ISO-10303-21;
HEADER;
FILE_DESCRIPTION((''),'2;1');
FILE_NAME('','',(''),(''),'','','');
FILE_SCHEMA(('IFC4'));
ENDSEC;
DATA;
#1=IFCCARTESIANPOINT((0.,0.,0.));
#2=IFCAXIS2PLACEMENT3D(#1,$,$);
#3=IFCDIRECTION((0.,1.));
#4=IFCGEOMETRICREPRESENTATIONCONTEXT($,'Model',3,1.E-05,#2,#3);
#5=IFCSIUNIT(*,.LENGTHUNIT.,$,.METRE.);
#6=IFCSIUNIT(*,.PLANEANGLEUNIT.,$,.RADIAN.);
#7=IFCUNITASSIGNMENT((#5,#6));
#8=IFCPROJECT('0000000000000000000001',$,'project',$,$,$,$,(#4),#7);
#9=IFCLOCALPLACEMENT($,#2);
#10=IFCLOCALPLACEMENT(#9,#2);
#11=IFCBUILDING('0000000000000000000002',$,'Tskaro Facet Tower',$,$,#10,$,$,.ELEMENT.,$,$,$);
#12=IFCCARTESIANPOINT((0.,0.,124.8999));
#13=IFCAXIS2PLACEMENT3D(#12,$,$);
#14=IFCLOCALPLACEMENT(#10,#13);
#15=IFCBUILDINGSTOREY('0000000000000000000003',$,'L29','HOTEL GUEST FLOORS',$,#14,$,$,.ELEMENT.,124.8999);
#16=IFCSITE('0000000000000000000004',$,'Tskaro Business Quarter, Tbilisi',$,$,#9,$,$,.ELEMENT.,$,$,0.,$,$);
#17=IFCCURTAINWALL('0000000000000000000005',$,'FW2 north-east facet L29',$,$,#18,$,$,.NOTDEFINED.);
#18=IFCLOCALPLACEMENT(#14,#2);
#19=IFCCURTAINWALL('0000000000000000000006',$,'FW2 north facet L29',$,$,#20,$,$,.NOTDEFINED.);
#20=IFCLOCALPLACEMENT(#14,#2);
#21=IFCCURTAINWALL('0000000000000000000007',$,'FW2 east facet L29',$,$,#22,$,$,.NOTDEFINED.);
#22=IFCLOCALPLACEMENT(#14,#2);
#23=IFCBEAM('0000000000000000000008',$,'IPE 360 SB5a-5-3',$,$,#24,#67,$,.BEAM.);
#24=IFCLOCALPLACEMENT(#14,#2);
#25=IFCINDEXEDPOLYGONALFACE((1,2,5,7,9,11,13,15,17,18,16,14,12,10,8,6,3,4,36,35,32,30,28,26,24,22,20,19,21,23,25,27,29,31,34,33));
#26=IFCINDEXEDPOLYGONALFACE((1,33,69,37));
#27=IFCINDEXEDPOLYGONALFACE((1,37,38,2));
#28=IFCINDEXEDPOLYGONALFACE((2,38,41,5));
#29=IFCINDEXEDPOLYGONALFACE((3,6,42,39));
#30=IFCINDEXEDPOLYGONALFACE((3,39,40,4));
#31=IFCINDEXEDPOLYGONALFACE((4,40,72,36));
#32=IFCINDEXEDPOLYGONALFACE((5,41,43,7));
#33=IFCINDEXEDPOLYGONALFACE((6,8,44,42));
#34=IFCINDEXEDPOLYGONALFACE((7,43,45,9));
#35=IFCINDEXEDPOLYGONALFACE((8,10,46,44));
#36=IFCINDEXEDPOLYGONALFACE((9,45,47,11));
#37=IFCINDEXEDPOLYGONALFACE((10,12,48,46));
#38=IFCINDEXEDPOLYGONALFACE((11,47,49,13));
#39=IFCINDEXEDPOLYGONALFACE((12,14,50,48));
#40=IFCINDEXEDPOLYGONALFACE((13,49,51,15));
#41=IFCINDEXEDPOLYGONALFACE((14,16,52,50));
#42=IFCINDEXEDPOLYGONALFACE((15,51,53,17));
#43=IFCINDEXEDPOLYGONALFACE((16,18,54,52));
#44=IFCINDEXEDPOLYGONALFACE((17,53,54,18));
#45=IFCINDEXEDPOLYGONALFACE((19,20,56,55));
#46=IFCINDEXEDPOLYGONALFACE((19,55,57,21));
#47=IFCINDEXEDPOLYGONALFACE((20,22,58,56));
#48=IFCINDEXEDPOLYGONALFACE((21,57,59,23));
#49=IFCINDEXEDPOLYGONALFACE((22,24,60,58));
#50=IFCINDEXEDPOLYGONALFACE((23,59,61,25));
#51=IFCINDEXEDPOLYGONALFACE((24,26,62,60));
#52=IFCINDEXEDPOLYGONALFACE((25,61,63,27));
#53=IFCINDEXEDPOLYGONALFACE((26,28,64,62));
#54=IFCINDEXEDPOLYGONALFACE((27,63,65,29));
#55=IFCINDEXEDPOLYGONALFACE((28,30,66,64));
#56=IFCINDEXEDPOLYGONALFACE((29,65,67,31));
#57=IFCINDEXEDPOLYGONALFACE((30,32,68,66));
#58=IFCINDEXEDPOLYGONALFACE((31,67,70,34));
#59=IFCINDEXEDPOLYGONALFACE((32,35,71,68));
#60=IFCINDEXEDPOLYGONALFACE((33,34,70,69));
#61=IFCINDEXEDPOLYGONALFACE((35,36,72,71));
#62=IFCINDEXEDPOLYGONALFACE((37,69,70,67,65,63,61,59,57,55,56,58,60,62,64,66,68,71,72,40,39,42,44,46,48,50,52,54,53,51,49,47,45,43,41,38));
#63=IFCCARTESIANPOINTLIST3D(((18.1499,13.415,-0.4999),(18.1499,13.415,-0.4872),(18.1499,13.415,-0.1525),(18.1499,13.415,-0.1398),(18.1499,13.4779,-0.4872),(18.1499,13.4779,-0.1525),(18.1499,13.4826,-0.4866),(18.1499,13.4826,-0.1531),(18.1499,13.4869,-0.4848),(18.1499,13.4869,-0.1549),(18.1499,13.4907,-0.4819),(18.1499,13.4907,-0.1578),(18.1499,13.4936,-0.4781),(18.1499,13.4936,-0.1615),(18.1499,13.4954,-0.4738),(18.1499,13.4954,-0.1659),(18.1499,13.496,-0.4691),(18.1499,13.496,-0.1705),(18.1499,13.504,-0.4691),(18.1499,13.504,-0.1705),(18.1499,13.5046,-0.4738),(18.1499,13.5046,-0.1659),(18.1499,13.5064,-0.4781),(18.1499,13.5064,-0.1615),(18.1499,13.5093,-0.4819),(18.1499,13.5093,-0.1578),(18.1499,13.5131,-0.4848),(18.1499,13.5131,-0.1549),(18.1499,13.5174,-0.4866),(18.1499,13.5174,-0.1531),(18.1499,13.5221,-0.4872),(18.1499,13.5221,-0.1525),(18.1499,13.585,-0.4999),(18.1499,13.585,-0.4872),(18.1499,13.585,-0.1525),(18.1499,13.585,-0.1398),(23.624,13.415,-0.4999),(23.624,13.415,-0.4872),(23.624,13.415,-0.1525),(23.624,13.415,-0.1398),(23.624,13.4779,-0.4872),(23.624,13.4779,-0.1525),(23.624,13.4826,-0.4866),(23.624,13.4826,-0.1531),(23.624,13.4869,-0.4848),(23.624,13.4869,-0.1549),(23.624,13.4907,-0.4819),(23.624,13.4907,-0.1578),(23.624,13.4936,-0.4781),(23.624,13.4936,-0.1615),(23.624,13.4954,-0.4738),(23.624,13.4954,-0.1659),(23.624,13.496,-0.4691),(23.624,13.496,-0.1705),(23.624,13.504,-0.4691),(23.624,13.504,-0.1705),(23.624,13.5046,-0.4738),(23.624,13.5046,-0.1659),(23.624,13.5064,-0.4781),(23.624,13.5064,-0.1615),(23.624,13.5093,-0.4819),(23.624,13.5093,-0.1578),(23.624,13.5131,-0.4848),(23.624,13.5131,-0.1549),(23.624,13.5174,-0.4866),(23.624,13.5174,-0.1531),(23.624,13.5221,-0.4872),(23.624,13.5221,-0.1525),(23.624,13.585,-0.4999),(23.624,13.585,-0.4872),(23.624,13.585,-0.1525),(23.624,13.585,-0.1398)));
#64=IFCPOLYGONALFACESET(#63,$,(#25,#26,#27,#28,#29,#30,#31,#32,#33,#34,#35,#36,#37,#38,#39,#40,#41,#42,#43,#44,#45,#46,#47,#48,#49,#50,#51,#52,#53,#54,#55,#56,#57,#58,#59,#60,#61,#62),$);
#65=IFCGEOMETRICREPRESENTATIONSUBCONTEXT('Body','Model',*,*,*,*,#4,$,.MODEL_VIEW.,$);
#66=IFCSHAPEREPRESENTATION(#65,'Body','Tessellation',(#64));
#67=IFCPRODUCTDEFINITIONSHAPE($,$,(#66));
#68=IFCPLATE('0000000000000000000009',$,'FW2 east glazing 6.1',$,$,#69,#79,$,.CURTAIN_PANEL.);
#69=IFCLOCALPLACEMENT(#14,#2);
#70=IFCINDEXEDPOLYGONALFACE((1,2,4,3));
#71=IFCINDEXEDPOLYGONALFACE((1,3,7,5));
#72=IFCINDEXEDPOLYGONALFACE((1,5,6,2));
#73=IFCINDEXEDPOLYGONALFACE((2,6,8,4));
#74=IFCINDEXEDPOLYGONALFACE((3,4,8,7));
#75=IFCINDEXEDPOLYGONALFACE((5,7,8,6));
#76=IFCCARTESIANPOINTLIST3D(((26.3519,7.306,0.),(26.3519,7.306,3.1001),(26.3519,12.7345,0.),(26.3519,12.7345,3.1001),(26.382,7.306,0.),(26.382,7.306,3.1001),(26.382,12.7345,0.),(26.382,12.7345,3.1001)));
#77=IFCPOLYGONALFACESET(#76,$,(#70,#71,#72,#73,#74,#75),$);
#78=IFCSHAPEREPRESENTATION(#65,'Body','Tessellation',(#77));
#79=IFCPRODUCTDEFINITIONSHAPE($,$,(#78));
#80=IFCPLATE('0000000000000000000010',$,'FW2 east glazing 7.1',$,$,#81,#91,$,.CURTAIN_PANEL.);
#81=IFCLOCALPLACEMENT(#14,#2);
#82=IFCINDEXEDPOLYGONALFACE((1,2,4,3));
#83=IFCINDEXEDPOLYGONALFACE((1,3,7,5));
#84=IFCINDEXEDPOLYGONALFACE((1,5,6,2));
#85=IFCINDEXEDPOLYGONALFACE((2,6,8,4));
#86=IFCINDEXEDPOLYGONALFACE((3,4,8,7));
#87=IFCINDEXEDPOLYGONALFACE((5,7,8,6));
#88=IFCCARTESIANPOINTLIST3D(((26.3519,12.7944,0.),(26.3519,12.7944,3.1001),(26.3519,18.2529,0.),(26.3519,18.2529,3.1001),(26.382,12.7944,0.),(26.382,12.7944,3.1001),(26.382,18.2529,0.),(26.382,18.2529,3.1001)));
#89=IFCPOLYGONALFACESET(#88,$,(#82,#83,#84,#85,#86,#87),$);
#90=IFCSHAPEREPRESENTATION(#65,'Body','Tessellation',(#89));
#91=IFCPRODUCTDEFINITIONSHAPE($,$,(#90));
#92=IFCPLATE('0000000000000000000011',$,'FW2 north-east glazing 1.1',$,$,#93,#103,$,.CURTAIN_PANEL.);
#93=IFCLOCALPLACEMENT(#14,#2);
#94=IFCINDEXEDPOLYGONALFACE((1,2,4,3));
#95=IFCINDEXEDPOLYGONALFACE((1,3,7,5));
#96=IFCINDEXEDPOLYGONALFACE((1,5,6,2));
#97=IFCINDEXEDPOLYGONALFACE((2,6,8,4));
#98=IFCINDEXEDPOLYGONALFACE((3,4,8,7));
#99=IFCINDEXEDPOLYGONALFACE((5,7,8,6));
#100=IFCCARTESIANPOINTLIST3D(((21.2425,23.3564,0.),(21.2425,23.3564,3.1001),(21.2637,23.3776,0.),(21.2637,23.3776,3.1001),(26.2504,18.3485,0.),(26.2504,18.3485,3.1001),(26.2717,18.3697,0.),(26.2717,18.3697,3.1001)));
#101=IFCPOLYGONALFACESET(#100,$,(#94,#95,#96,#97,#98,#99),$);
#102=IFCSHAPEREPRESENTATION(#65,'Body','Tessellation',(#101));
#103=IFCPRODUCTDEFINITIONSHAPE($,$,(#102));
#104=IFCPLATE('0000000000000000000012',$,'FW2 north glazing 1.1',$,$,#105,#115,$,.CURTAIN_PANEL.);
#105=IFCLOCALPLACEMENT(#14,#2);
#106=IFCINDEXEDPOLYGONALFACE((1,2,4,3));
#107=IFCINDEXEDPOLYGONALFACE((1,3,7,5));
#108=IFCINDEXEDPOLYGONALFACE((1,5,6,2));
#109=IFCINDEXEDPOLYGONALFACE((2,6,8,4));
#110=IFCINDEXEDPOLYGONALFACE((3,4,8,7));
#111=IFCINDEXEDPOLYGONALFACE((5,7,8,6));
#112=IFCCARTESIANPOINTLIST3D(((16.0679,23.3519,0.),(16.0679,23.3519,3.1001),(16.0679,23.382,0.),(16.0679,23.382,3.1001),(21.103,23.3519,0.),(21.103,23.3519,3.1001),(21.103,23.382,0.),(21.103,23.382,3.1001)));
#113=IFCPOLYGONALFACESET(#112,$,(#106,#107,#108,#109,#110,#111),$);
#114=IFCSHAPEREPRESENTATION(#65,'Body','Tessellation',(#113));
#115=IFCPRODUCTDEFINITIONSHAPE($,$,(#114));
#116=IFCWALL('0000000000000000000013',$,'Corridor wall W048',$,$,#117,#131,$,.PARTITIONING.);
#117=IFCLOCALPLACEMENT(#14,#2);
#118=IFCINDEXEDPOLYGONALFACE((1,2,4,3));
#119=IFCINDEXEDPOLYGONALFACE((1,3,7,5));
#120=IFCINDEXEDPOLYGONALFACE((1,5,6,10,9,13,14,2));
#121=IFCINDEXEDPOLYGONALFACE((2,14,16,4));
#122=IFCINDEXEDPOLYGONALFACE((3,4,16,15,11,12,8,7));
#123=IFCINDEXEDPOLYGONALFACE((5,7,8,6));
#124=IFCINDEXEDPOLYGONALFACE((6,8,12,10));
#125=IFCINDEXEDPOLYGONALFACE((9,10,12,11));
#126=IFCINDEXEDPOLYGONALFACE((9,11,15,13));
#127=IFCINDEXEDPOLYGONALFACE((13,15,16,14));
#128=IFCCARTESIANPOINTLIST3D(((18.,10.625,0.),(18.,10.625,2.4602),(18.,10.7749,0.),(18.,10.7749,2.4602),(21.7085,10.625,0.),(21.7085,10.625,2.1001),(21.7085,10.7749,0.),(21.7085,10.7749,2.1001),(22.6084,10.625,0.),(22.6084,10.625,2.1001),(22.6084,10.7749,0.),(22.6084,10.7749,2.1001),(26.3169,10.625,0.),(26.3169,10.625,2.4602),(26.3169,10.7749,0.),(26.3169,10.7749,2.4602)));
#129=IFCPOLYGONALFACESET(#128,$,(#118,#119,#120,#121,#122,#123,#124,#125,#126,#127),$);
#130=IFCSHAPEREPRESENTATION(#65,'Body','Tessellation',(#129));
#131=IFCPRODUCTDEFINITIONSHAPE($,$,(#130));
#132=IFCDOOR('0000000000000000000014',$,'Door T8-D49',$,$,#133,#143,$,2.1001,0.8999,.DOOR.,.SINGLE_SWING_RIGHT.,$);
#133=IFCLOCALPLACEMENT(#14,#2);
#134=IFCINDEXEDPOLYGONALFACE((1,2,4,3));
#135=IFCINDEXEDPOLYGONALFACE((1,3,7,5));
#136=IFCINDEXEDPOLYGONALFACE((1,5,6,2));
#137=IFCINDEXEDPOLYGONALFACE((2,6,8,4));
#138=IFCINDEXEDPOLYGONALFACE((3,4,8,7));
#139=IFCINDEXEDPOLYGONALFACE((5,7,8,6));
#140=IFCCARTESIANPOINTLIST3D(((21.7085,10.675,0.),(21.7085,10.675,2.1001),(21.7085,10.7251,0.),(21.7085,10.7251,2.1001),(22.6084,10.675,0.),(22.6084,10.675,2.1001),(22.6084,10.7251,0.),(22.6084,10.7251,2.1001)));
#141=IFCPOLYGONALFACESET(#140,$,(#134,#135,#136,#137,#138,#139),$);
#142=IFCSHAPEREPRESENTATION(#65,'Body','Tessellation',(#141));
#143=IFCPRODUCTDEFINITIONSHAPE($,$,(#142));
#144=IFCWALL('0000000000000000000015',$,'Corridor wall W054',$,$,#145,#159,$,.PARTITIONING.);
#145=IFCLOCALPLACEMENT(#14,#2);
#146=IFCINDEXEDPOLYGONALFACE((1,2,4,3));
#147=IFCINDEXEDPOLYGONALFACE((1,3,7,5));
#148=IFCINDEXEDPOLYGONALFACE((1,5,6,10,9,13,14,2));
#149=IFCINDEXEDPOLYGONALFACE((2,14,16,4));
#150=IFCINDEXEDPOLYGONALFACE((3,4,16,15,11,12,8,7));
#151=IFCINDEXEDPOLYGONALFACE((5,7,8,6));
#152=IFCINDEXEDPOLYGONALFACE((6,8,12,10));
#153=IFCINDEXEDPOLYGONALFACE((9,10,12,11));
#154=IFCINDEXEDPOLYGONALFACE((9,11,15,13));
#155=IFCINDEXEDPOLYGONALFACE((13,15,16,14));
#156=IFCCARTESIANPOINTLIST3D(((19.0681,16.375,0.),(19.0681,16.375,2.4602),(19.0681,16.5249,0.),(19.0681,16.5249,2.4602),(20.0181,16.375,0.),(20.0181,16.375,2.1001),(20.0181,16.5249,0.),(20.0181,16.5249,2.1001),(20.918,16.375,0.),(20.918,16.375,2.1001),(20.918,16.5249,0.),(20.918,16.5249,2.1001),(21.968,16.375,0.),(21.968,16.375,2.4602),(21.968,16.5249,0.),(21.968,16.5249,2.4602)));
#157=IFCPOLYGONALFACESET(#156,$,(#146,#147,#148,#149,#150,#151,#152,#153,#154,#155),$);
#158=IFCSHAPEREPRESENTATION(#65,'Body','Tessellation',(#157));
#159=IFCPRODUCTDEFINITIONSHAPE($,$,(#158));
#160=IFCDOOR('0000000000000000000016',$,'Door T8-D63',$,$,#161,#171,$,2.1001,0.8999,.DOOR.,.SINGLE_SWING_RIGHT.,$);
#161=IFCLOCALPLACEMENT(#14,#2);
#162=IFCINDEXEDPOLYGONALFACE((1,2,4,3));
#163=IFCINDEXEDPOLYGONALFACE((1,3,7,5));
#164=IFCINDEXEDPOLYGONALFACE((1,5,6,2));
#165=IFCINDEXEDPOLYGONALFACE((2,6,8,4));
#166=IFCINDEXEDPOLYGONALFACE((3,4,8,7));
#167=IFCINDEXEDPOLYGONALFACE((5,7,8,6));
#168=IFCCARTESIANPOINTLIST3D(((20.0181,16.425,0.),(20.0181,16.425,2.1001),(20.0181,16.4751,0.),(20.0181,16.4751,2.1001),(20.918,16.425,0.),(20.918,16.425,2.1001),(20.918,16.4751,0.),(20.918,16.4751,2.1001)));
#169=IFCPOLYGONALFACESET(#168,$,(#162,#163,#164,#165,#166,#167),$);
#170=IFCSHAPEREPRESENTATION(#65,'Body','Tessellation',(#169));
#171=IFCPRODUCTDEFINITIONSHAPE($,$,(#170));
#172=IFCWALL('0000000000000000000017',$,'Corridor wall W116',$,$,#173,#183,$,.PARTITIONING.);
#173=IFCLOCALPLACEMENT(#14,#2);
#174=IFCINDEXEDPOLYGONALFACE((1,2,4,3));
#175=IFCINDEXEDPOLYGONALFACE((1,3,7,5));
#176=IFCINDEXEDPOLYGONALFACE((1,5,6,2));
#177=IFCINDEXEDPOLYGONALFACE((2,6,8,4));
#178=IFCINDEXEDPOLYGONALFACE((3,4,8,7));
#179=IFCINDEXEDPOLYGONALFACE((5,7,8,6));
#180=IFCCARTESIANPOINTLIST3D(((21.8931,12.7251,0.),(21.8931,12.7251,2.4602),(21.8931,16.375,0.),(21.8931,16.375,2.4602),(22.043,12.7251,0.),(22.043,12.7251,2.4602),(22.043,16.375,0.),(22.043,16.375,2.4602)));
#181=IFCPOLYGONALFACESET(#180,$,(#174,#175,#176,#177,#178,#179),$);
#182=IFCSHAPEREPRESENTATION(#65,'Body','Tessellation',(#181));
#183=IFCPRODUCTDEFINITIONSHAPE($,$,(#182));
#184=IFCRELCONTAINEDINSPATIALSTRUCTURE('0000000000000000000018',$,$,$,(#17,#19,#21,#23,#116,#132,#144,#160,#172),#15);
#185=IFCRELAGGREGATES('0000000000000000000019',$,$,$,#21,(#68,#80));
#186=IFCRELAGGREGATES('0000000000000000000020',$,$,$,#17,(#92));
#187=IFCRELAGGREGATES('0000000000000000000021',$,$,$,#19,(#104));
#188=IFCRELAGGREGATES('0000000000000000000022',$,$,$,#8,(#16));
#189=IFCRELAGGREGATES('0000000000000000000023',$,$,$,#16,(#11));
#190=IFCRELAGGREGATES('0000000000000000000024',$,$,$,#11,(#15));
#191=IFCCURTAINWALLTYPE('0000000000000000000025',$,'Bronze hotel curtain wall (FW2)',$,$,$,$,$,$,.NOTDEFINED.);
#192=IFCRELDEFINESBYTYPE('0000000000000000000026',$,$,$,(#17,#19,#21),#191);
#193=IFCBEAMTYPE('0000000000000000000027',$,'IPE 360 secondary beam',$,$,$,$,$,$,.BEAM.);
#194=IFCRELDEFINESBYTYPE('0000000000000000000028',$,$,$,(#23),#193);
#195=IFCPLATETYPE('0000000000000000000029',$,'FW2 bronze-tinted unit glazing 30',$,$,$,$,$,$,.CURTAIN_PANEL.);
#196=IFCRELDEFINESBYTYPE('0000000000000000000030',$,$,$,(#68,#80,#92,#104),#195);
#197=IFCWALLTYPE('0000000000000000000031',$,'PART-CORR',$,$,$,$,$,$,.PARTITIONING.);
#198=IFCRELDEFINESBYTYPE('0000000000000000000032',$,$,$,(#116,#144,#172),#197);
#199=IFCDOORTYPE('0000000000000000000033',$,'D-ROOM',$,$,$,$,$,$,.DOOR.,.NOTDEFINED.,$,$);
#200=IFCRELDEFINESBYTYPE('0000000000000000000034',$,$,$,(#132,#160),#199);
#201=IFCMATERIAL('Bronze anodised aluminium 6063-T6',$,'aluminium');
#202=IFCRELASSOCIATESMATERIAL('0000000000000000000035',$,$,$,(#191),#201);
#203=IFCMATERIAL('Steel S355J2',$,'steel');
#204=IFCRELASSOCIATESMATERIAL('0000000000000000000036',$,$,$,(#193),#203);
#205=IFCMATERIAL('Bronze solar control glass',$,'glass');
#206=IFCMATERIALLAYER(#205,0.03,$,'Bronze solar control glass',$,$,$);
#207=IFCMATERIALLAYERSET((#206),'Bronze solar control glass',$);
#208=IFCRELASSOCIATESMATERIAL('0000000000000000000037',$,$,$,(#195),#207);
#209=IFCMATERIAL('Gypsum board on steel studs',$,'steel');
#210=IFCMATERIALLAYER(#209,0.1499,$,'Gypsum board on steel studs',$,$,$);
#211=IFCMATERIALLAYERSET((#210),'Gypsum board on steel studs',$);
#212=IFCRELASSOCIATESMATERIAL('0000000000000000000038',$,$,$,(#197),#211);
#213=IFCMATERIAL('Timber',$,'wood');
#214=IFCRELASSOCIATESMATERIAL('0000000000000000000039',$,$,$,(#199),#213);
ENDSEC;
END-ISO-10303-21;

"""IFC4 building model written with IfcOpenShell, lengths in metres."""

from ifc_helpers import new_model, si_unit, direction, frame, frame_2d, origin, origin_2d, place, context, subcontext, project, spatial, rectangle, i_section, extrude, material, layer, layer_set, material_profile, profile_set, type_object, element, fill, aggregate, save


model = new_model("IFC4")

# Units and contexts
model_context = context("Model", 3, precision=1e-05, world=origin(), true_north=direction((0.0, 1.0)))
body_context = subcontext(model_context, "Body", "Model", "MODEL_VIEW")
ifc_project = project(units=[si_unit("LENGTHUNIT", "METRE"), si_unit("PLANEANGLEUNIT", "RADIAN")], contexts=[model_context])

# Site, building, storey
site_placement = place(None, origin())
site = spatial("IfcSite", under=ifc_project, at=site_placement, Name="Tskaro Business Quarter, Tbilisi", CompositionType="ELEMENT", RefElevation=0.0)
building_placement = place(site_placement, origin())
building = spatial("IfcBuilding", under=site, at=building_placement, Name="Tskaro Facet Tower", CompositionType="ELEMENT")
storey_placement = place(building_placement, frame((0.0, 0.0, 124.8999)))
storey = spatial("IfcBuildingStorey", under=building, at=storey_placement, Name="L29", Description="HOTEL GUEST FLOORS", CompositionType="ELEMENT", Elevation=124.8999)

# Curtain walls
ifc_material_1 = material(Name="Bronze anodised aluminium 6063-T6", Category="aluminium")
curtain_wall_type = type_object("IfcCurtainWallType", Name="Bronze hotel curtain wall (FW2)", PredefinedType="NOTDEFINED", material=ifc_material_1)
curtain_wall_1_placement = place(storey_placement, origin())
curtain_wall_1 = element("IfcCurtainWall", 1, at=curtain_wall_1_placement, inside=storey, type_object=curtain_wall_type, Name="FW2 north-east facet L29", PredefinedType="NOTDEFINED")
curtain_wall_2_placement = place(storey_placement, origin())
curtain_wall_2 = element("IfcCurtainWall", 2, at=curtain_wall_2_placement, inside=storey, type_object=curtain_wall_type, Name="FW2 north facet L29", PredefinedType="NOTDEFINED")

# Curtain wall
curtain_wall_3_placement = place(storey_placement, origin())
curtain_wall_3 = element("IfcCurtainWall", 3, at=curtain_wall_3_placement, inside=storey, type_object=curtain_wall_type, Name="FW2 east facet L29", PredefinedType="NOTDEFINED")

# Beam
ifc_material_2 = material(Name="Steel S355J2", Category="steel")
ifc_material_profile_1 = material_profile(ifc_material_2, i_section(OverallWidth=0.1699, OverallDepth=0.3601, WebThickness=0.0081, FlangeThickness=0.0127, FilletRadius=0.0181, at=origin_2d()), Name="IPE 360")
ifc_profile_set_1 = profile_set([ifc_material_profile_1], Name="Steel S355J2")
beam_type_1 = type_object("IfcBeamType", Name="IPE 360 secondary beam", PredefinedType="BEAM", material=ifc_profile_set_1)
beam_1_placement = place(storey_placement, frame((18.1499, 13.5, -0.3198), z_axis=(1.0, 0.0, 0.0), x_axis=(0.0, 1.0, 0.0)))
element("IfcBeam", 4, at=beam_1_placement, inside=storey, type_object=beam_type_1, Name="IPE 360 SB5a-5-3", PredefinedType="BEAM", context=body_context, shape_type="SweptSolid", body=[
    extrude(i_section(OverallWidth=0.1699, OverallDepth=0.3601, WebThickness=0.0081, FlangeThickness=0.0127, FilletRadius=0.0181, at=origin_2d()), origin(), (0.0, 0.0, 1.0), 5.4741),
])

# Plates
ifc_material_3 = material(Name="Bronze solar control glass", Category="glass")
ifc_layer_1 = layer(ifc_material_3, 0.03, Name="Bronze solar control glass")
ifc_layer_set_1 = layer_set([ifc_layer_1], Name="Bronze solar control glass")
plate_type = type_object("IfcPlateType", Name="FW2 bronze-tinted unit glazing 30", PredefinedType="CURTAIN_PANEL", material=ifc_layer_set_1)
plate_1_placement = place(storey_placement, frame((26.3669, 10.0203, 0.0), z_axis=(0.0, 0.0, 1.0), x_axis=(0.0, 1.0, 0.0)))
plate_1 = element("IfcPlate", 5, at=plate_1_placement, type_object=plate_type, Name="FW2 east glazing 6.1", PredefinedType="CURTAIN_PANEL", context=body_context, shape_type="SweptSolid", body=[
    extrude(rectangle(XDim=5.4285, YDim=0.03, at=origin_2d()), origin(), (0.0, 0.0, 1.0), 3.1001),
])
plate_2_placement = place(storey_placement, frame((26.3669, 15.5237, 0.0), z_axis=(0.0, 0.0, 1.0), x_axis=(0.0, 1.0, 0.0)))
plate_2 = element("IfcPlate", 6, at=plate_2_placement, type_object=plate_type, Name="FW2 east glazing 7.1", PredefinedType="CURTAIN_PANEL", context=body_context, shape_type="SweptSolid", body=[
    extrude(rectangle(XDim=5.4585, YDim=0.03, at=origin_2d()), origin(), (0.0, 0.0, 1.0), 3.1001),
])
aggregate(curtain_wall_3, [plate_1, plate_2])
plate_3_placement = place(storey_placement, frame((23.7571, 20.863, 0.0), z_axis=(0.0, 0.0, 1.0), x_axis=(-0.707107, 0.707107, 0.0)))
plate_3 = element("IfcPlate", 7, at=plate_3_placement, type_object=plate_type, Name="FW2 north-east glazing 1.1", PredefinedType="CURTAIN_PANEL", context=body_context, shape_type="SweptSolid", body=[
    extrude(rectangle(XDim=7.0823, YDim=0.03, at=origin_2d()), origin(), (0.0, 0.0, 1.0), 3.1001),
])
aggregate(curtain_wall_1, [plate_3])
plate_4_placement = place(storey_placement, frame((18.5854, 23.3669, 0.0), z_axis=(0.0, 0.0, 1.0), x_axis=(-1.0, 0.0, 0.0)))
plate_4 = element("IfcPlate", 8, at=plate_4_placement, type_object=plate_type, Name="FW2 north glazing 1.1", PredefinedType="CURTAIN_PANEL", context=body_context, shape_type="SweptSolid", body=[
    extrude(rectangle(XDim=5.0352, YDim=0.03, at=origin_2d()), origin(), (0.0, 0.0, 1.0), 3.1001),
])
aggregate(curtain_wall_2, [plate_4])

# Walls, openings, doors
ifc_material_4 = material(Name="Gypsum board on steel studs", Category="steel")
ifc_layer_2 = layer(ifc_material_4, 0.1499, Name="Gypsum board on steel studs")
ifc_layer_set_2 = layer_set([ifc_layer_2], Name="Gypsum board on steel studs")
wall_type_1 = type_object("IfcWallType", Name="PART-CORR", PredefinedType="PARTITIONING", material=ifc_layer_set_2)
wall_1_placement = place(storey_placement, frame((26.3169, 10.7, 0.0), z_axis=(0.0, 0.0, 1.0), x_axis=(-1.0, 0.0, 0.0)))
wall_1 = element("IfcWall", 9, at=wall_1_placement, inside=storey, type_object=wall_type_1, Name="Corridor wall W048", PredefinedType="PARTITIONING", context=body_context, shape_type="SweptSolid", body=[
    extrude(rectangle(XDim=8.3169, YDim=0.1499, at=frame_2d((4.1584, 0.0))), origin(), (0.0, 0.0, 1.0), 2.4602),
])
opening_1_placement = place(wall_1_placement, frame((3.7085, 0.0, 0.0)))
opening_1 = element("IfcOpeningElement", 10, at=opening_1_placement, cuts=wall_1, PredefinedType="OPENING", context=body_context, shape_type="SweptSolid", body=[
    extrude(rectangle(XDim=0.8999, YDim=2.1001, at=frame_2d((0.45, 1.05))), frame((0.0, 0.085, 0.0), z_axis=(0.0, -1.0, 0.0), x_axis=(1.0, 0.0, 0.0)), (0.0, 0.0, 1.0), 0.1699),
])
ifc_material_5 = material(Name="Timber", Category="wood")
door_type = type_object("IfcDoorType", Name="D-ROOM", OperationType="NOTDEFINED", PredefinedType="DOOR", material=ifc_material_5)
door_1_placement = place(opening_1_placement, origin())
door_1 = element("IfcDoor", 11, at=door_1_placement, inside=storey, type_object=door_type, Name="Door T8-D49", OperationType="SINGLE_SWING_RIGHT", OverallHeight=2.1001, OverallWidth=0.8999, PredefinedType="DOOR", context=body_context, shape_type="SweptSolid", body=[
    extrude(rectangle(XDim=0.8999, YDim=2.1001, at=frame_2d((0.45, 1.05))), frame((0.0, 0.0249, 0.0), z_axis=(0.0, -1.0, 0.0), x_axis=(1.0, 0.0, 0.0)), (0.0, 0.0, 1.0), 0.05),
])
fill(opening_1, door_1)
wall_2_placement = place(storey_placement, frame((21.968, 16.45, 0.0), z_axis=(0.0, 0.0, 1.0), x_axis=(-1.0, 0.0, 0.0)))
wall_2 = element("IfcWall", 12, at=wall_2_placement, inside=storey, type_object=wall_type_1, Name="Corridor wall W054", PredefinedType="PARTITIONING", context=body_context, shape_type="SweptSolid", body=[
    extrude(rectangle(XDim=2.8999, YDim=0.1499, at=frame_2d((1.45, 0.0))), origin(), (0.0, 0.0, 1.0), 2.4602),
])
opening_2_placement = place(wall_2_placement, frame((1.05, 0.0, 0.0)))
opening_2 = element("IfcOpeningElement", 13, at=opening_2_placement, cuts=wall_2, PredefinedType="OPENING", context=body_context, shape_type="SweptSolid", body=[
    extrude(rectangle(XDim=0.8999, YDim=2.1001, at=frame_2d((0.45, 1.05))), frame((0.0, 0.085, 0.0), z_axis=(0.0, -1.0, 0.0), x_axis=(1.0, 0.0, 0.0)), (0.0, 0.0, 1.0), 0.1699),
])
door_2_placement = place(opening_2_placement, origin())
door_2 = element("IfcDoor", 14, at=door_2_placement, inside=storey, type_object=door_type, Name="Door T8-D63", OperationType="SINGLE_SWING_RIGHT", OverallHeight=2.1001, OverallWidth=0.8999, PredefinedType="DOOR", context=body_context, shape_type="SweptSolid", body=[
    extrude(rectangle(XDim=0.8999, YDim=2.1001, at=frame_2d((0.45, 1.05))), frame((0.0, 0.0249, 0.0), z_axis=(0.0, -1.0, 0.0), x_axis=(1.0, 0.0, 0.0)), (0.0, 0.0, 1.0), 0.05),
])
fill(opening_2, door_2)

# Wall
wall_3_placement = place(storey_placement, frame((21.968, 12.7251, 0.0), z_axis=(0.0, 0.0, 1.0), x_axis=(0.0, 1.0, 0.0)))
element("IfcWall", 15, at=wall_3_placement, inside=storey, type_object=wall_type_1, Name="Corridor wall W116", PredefinedType="PARTITIONING", context=body_context, shape_type="SweptSolid", body=[
    extrude(rectangle(XDim=3.6499, YDim=0.1499, at=frame_2d((1.825, 0.0))), origin(), (0.0, 0.0, 1.0), 2.4602),
])

save(model, "model.ifc")
